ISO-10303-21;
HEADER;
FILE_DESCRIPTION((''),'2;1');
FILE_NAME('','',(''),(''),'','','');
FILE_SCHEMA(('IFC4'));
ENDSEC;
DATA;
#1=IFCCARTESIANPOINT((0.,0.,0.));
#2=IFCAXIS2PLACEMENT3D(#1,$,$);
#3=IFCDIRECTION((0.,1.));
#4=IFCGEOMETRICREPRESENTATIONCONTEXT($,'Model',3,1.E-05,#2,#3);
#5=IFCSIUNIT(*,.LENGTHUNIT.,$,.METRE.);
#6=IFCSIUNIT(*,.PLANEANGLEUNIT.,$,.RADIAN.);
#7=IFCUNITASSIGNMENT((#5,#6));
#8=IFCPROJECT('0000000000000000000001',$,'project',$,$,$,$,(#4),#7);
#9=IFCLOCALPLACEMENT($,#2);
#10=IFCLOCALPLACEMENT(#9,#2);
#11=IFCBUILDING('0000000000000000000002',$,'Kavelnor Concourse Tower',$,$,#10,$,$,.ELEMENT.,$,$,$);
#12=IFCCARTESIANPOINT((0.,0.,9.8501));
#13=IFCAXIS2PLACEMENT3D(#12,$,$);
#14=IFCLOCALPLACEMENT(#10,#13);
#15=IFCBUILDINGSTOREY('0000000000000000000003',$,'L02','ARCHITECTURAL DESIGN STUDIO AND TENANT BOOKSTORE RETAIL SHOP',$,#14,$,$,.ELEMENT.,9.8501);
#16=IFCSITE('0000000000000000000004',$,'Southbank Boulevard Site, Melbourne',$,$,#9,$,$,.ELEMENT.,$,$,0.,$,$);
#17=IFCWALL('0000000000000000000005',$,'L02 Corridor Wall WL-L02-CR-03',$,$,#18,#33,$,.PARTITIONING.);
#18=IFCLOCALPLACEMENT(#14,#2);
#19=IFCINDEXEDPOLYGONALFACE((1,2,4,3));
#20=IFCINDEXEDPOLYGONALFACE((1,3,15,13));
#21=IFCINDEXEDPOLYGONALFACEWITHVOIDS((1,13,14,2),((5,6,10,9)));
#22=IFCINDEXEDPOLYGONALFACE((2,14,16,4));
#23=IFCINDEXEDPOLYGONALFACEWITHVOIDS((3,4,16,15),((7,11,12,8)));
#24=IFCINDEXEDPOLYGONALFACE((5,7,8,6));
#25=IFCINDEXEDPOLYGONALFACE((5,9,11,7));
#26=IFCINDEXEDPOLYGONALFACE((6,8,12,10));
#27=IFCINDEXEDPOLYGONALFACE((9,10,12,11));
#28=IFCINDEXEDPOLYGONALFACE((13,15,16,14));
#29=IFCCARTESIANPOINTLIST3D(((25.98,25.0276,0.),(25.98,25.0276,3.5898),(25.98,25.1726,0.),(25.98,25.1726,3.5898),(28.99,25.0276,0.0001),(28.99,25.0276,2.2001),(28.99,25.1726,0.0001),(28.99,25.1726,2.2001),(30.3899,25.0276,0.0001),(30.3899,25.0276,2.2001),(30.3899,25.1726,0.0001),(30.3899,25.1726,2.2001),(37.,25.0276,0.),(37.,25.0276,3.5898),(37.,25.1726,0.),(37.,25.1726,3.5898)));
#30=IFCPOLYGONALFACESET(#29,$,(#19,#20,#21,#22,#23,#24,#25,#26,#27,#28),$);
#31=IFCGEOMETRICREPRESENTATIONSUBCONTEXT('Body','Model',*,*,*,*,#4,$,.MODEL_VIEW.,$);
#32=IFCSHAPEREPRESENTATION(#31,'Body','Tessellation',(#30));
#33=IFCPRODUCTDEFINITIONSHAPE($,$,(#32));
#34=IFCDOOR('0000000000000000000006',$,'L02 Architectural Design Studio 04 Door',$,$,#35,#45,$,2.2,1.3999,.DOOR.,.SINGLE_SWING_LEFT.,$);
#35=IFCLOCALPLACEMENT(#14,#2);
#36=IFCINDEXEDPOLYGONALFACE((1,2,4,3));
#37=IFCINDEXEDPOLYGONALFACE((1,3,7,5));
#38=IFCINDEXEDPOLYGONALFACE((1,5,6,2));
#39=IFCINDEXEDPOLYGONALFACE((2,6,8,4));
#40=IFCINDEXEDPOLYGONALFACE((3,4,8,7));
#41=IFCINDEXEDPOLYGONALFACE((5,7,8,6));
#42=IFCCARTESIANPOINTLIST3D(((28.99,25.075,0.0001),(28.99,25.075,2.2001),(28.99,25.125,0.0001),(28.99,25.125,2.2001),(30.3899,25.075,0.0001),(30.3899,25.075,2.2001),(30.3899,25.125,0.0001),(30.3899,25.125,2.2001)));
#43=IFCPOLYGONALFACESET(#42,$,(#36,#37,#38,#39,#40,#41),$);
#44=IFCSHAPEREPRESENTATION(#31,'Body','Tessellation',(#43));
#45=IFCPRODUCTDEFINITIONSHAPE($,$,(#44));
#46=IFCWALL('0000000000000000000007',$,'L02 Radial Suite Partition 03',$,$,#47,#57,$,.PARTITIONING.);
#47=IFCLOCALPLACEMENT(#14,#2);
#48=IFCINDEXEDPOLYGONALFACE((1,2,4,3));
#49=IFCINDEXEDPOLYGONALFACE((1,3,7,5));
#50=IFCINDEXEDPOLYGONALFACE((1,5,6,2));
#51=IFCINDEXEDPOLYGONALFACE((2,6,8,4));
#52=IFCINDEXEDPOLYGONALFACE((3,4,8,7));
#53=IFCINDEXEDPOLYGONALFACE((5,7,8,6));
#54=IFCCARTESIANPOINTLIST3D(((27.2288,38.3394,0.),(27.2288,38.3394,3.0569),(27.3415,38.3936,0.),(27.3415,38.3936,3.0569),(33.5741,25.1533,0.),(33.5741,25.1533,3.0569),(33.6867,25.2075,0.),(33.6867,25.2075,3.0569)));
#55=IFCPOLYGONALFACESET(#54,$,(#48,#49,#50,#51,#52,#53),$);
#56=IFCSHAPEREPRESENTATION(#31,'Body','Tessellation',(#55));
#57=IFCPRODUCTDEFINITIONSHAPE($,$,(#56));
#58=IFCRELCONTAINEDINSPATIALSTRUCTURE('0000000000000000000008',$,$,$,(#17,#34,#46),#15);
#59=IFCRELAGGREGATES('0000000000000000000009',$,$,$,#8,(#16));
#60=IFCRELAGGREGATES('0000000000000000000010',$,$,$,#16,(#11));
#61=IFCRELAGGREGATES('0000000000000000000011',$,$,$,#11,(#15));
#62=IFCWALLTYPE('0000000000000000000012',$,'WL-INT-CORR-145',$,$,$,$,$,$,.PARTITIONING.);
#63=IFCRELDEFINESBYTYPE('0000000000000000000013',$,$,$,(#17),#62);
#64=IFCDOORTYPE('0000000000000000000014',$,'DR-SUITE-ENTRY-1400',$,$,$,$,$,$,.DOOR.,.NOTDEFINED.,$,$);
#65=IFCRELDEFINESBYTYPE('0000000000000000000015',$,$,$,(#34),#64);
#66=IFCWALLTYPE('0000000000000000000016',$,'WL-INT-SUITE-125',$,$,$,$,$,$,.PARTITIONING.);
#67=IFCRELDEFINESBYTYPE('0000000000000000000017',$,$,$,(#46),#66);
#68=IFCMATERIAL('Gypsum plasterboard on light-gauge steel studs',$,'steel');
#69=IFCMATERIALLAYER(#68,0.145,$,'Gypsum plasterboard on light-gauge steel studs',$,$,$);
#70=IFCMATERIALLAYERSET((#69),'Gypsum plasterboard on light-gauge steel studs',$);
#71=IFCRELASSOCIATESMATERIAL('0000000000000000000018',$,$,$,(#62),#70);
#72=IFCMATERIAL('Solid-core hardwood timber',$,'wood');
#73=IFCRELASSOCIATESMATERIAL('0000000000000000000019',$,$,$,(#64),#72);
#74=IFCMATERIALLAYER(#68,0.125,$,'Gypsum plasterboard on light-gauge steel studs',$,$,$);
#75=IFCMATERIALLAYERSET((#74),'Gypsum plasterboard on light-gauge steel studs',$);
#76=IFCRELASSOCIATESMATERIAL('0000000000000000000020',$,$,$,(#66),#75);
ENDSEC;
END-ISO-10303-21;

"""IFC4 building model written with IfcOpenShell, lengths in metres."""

from ifc_helpers import new_model, si_unit, direction, frame, frame_2d, origin, place, context, subcontext, project, spatial, rectangle, extrude, material, layer, layer_set, type_object, element, fill, save


model = new_model("IFC4")

# Units and contexts
model_context = context("Model", 3, precision=1e-05, world=origin(), true_north=direction((0.0, 1.0)))
body_context = subcontext(model_context, "Body", "Model", "MODEL_VIEW")
ifc_project = project(units=[si_unit("LENGTHUNIT", "METRE"), si_unit("PLANEANGLEUNIT", "RADIAN")], contexts=[model_context])

# Site, building, storey
site_placement = place(None, origin())
site = spatial("IfcSite", under=ifc_project, at=site_placement, Name="Southbank Boulevard Site, Melbourne", CompositionType="ELEMENT", RefElevation=0.0)
building_placement = place(site_placement, origin())
building = spatial("IfcBuilding", under=site, at=building_placement, Name="Kavelnor Concourse Tower", CompositionType="ELEMENT")
storey_placement = place(building_placement, frame((0.0, 0.0, 9.8501)))
storey = spatial("IfcBuildingStorey", under=building, at=storey_placement, Name="L02", Description="ARCHITECTURAL DESIGN STUDIO AND TENANT BOOKSTORE RETAIL SHOP", CompositionType="ELEMENT", Elevation=9.8501)

# Wall, opening, door
ifc_material_1 = material(Name="Gypsum plasterboard on light-gauge steel studs", Category="steel")
ifc_layer_1 = layer(ifc_material_1, 0.145, Name="Gypsum plasterboard on light-gauge steel studs")
ifc_layer_set_1 = layer_set([ifc_layer_1], Name="Gypsum plasterboard on light-gauge steel studs")
wall_type_1 = type_object("IfcWallType", Name="WL-INT-CORR-145", PredefinedType="PARTITIONING", material=ifc_layer_set_1)
wall_1_placement = place(storey_placement, frame((25.98, 25.1001, 0.0), z_axis=(0.0, 0.0, 1.0), x_axis=(1.0, 0.0, 0.0)))
wall_1 = element("IfcWall", 1, at=wall_1_placement, inside=storey, type_object=wall_type_1, Name="L02 Corridor Wall WL-L02-CR-03", PredefinedType="PARTITIONING", context=body_context, shape_type="SweptSolid", body=[
    extrude(rectangle(XDim=11.02, YDim=0.145, at=frame_2d((5.51, 0.0))), origin(), (0.0, 0.0, 1.0), 3.5898),
])
opening_1_placement = place(wall_1_placement, frame((3.01, 0.0, 0.0)))
opening_1 = element("IfcOpeningElement", 2, at=opening_1_placement, cuts=wall_1, PredefinedType="OPENING", context=body_context, shape_type="SweptSolid", body=[
    extrude(rectangle(XDim=1.3999, YDim=2.2, at=frame_2d((0.7, 1.1001))), frame((0.0, 0.0825, 0.0), z_axis=(0.0, -1.0, 0.0), x_axis=(1.0, 0.0, 0.0)), (0.0, 0.0, 1.0), 0.165),
])
ifc_material_2 = material(Name="Solid-core hardwood timber", Category="wood")
door_type = type_object("IfcDoorType", Name="DR-SUITE-ENTRY-1400", OperationType="NOTDEFINED", PredefinedType="DOOR", material=ifc_material_2)
door_placement = place(opening_1_placement, origin())
door = element("IfcDoor", 3, at=door_placement, inside=storey, type_object=door_type, Name="L02 Architectural Design Studio 04 Door", OperationType="SINGLE_SWING_LEFT", OverallHeight=2.2, OverallWidth=1.3999, PredefinedType="DOOR", context=body_context, shape_type="SweptSolid", body=[
    extrude(rectangle(XDim=1.3999, YDim=2.2, at=frame_2d((0.7, 1.1001))), frame((0.0, 0.0249, 0.0), z_axis=(0.0, -1.0, 0.0), x_axis=(1.0, 0.0, 0.0)), (0.0, 0.0, 1.0), 0.05),
])
fill(opening_1, door)

# Wall
ifc_layer_2 = layer(ifc_material_1, 0.125, Name="Gypsum plasterboard on light-gauge steel studs")
ifc_layer_set_2 = layer_set([ifc_layer_2], Name="Gypsum plasterboard on light-gauge steel studs")
wall_type_2 = type_object("IfcWallType", Name="WL-INT-SUITE-125", PredefinedType="PARTITIONING", material=ifc_layer_set_2)
wall_2_placement = place(storey_placement, frame((33.6304, 25.1804, 0.0), z_axis=(0.0, 0.0, 1.0), x_axis=(-0.433615, 0.901098, 0.0)))
element("IfcWall", 4, at=wall_2_placement, inside=storey, type_object=wall_type_2, Name="L02 Radial Suite Partition 03", PredefinedType="PARTITIONING", context=body_context, shape_type="SweptSolid", body=[
    extrude(rectangle(XDim=14.6333, YDim=0.125, at=frame_2d((7.3167, 0.0))), origin(), (0.0, 0.0, 1.0), 3.0569),
])

save(model, "model.ifc")
